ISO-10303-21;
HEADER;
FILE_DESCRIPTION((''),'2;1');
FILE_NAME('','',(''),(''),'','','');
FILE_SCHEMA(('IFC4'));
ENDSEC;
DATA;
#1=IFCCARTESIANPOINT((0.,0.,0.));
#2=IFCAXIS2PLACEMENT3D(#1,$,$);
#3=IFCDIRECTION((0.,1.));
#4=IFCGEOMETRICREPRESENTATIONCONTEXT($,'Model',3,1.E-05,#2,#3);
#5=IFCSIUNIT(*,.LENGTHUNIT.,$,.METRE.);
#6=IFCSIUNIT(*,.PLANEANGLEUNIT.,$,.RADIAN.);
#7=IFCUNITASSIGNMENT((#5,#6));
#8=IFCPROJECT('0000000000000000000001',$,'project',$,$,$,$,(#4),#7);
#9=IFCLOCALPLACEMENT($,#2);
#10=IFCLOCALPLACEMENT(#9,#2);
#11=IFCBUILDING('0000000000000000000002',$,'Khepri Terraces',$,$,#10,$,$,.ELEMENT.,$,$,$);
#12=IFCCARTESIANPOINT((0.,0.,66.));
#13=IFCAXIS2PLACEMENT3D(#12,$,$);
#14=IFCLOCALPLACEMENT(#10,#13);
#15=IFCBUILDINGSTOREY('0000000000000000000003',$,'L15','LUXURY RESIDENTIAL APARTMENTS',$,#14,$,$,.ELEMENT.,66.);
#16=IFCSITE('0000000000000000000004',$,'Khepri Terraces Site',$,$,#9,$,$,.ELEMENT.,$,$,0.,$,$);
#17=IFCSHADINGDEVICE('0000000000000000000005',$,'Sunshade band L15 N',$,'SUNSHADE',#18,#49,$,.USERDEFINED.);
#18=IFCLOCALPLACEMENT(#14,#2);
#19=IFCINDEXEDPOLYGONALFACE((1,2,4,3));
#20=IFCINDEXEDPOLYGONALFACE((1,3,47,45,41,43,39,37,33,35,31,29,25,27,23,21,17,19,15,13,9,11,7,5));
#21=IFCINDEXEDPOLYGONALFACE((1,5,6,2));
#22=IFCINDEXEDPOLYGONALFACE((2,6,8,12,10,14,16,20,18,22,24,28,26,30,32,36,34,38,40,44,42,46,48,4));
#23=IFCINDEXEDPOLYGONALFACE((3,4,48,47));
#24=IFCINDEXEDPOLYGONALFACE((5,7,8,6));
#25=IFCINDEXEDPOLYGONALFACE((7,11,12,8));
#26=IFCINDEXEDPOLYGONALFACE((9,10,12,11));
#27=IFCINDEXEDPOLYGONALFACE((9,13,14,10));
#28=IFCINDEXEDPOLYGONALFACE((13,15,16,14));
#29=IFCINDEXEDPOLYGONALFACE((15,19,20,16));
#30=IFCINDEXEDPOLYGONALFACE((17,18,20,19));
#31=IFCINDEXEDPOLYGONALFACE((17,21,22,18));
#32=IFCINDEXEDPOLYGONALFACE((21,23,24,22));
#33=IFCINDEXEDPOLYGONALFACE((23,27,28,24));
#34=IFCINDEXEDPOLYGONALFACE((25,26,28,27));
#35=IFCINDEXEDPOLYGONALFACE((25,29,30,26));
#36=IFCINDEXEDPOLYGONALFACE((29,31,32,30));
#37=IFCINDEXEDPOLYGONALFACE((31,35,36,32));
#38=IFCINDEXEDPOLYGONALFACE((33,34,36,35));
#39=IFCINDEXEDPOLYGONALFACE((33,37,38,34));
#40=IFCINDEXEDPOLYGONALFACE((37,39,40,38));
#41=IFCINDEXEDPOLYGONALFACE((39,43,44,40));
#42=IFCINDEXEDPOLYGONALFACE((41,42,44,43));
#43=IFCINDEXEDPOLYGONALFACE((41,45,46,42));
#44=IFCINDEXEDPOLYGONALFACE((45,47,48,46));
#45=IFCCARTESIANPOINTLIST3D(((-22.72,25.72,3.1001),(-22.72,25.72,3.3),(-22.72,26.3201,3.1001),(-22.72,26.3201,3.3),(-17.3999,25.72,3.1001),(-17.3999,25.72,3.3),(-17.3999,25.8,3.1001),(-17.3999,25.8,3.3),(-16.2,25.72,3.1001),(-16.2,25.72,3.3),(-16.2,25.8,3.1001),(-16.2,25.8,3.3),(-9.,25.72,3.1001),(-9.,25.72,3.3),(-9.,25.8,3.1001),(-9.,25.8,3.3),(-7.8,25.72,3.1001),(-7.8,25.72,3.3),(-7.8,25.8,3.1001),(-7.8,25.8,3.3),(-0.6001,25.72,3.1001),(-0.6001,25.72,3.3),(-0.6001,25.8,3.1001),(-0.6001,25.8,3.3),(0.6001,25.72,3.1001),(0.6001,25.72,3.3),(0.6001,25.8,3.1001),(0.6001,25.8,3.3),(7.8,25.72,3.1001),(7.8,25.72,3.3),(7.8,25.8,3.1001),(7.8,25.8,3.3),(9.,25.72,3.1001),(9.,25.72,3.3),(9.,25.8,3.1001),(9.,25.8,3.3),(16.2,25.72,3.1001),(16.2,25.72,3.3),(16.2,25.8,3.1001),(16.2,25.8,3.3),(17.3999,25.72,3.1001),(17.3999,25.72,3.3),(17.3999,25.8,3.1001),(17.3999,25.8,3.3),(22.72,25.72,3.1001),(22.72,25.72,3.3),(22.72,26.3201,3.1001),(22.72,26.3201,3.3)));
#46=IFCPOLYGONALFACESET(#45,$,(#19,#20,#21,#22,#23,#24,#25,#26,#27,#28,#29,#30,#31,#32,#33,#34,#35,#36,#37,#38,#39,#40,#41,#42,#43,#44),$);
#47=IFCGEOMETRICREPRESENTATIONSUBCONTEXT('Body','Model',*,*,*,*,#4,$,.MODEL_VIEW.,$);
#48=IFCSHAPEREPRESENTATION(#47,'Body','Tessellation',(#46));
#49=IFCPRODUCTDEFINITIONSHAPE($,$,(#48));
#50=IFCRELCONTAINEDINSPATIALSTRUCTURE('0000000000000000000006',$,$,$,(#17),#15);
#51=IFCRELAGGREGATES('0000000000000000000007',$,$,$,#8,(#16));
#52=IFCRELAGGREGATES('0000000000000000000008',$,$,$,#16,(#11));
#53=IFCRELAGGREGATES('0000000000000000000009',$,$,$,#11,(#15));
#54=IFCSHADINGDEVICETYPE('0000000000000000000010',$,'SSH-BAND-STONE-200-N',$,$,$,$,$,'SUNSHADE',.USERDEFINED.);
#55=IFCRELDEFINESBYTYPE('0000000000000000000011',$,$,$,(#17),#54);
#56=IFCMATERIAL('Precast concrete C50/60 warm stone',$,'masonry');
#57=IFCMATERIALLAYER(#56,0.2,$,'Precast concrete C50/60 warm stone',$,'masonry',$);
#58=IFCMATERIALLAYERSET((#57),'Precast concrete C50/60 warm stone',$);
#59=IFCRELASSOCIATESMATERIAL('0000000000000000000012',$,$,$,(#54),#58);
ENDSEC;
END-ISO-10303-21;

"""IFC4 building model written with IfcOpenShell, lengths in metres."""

from ifc_helpers import new_model, si_unit, direction, frame, origin, place, context, subcontext, project, spatial, polyline, outline, extrude, material, layer, layer_set, type_object, element, save


model = new_model("IFC4")

# Units and contexts
model_context = context("Model", 3, precision=1e-05, world=origin(), true_north=direction((0.0, 1.0)))
body_context = subcontext(model_context, "Body", "Model", "MODEL_VIEW")
ifc_project = project(units=[si_unit("LENGTHUNIT", "METRE"), si_unit("PLANEANGLEUNIT", "RADIAN")], contexts=[model_context])

# Site, building, storey
site_placement = place(None, origin())
site = spatial("IfcSite", under=ifc_project, at=site_placement, Name="Khepri Terraces Site", CompositionType="ELEMENT", RefElevation=0.0)
building_placement = place(site_placement, origin())
building = spatial("IfcBuilding", under=site, at=building_placement, Name="Khepri Terraces", CompositionType="ELEMENT")
storey_placement = place(building_placement, frame((0.0, 0.0, 66.0)))
storey = spatial("IfcBuildingStorey", under=building, at=storey_placement, Name="L15", Description="LUXURY RESIDENTIAL APARTMENTS", CompositionType="ELEMENT", Elevation=66.0)

# Shared definitions
ifc_material_1 = material(Name="Precast concrete C50/60 warm stone", Category="masonry")

# Shading device
ifc_layer_1 = layer(ifc_material_1, 0.2, Name="Precast concrete C50/60 warm stone", Category="masonry")
ifc_layer_set_1 = layer_set([ifc_layer_1], Name="Precast concrete C50/60 warm stone")
shading_device_type_1 = type_object("IfcShadingDeviceType", Name="SSH-BAND-STONE-200-N", ElementType="SUNSHADE", PredefinedType="USERDEFINED", material=ifc_layer_set_1)
shading_device_1_placement = place(storey_placement, frame((0.0, 0.0, 3.1001)))
element("IfcShadingDevice", 1, at=shading_device_1_placement, inside=storey, type_object=shading_device_type_1, Name="Sunshade band L15 N", ObjectType="SUNSHADE", PredefinedType="USERDEFINED", context=body_context, shape_type="SweptSolid", body=[
    extrude(outline(polyline([(17.3999, 25.72), (22.72, 25.72), (22.72, 26.3201), (-22.72, 26.3201), (-22.72, 25.72), (-17.3999, 25.72), (-17.3999, 25.8), (-16.2, 25.8), (-16.2, 25.72), (-9.0, 25.72), (-9.0, 25.8), (-7.8, 25.8), (-7.8, 25.72), (-0.6001, 25.72), (-0.6001, 25.8), (0.6001, 25.8), (0.6001, 25.72), (7.8, 25.72), (7.8, 25.8), (9.0, 25.8), (9.0, 25.72), (16.2, 25.72), (16.2, 25.8), (17.3999, 25.8), (17.3999, 25.72)])), origin(), (0.0, 0.0, 1.0), 0.2),
])

save(model, "model.ifc")
